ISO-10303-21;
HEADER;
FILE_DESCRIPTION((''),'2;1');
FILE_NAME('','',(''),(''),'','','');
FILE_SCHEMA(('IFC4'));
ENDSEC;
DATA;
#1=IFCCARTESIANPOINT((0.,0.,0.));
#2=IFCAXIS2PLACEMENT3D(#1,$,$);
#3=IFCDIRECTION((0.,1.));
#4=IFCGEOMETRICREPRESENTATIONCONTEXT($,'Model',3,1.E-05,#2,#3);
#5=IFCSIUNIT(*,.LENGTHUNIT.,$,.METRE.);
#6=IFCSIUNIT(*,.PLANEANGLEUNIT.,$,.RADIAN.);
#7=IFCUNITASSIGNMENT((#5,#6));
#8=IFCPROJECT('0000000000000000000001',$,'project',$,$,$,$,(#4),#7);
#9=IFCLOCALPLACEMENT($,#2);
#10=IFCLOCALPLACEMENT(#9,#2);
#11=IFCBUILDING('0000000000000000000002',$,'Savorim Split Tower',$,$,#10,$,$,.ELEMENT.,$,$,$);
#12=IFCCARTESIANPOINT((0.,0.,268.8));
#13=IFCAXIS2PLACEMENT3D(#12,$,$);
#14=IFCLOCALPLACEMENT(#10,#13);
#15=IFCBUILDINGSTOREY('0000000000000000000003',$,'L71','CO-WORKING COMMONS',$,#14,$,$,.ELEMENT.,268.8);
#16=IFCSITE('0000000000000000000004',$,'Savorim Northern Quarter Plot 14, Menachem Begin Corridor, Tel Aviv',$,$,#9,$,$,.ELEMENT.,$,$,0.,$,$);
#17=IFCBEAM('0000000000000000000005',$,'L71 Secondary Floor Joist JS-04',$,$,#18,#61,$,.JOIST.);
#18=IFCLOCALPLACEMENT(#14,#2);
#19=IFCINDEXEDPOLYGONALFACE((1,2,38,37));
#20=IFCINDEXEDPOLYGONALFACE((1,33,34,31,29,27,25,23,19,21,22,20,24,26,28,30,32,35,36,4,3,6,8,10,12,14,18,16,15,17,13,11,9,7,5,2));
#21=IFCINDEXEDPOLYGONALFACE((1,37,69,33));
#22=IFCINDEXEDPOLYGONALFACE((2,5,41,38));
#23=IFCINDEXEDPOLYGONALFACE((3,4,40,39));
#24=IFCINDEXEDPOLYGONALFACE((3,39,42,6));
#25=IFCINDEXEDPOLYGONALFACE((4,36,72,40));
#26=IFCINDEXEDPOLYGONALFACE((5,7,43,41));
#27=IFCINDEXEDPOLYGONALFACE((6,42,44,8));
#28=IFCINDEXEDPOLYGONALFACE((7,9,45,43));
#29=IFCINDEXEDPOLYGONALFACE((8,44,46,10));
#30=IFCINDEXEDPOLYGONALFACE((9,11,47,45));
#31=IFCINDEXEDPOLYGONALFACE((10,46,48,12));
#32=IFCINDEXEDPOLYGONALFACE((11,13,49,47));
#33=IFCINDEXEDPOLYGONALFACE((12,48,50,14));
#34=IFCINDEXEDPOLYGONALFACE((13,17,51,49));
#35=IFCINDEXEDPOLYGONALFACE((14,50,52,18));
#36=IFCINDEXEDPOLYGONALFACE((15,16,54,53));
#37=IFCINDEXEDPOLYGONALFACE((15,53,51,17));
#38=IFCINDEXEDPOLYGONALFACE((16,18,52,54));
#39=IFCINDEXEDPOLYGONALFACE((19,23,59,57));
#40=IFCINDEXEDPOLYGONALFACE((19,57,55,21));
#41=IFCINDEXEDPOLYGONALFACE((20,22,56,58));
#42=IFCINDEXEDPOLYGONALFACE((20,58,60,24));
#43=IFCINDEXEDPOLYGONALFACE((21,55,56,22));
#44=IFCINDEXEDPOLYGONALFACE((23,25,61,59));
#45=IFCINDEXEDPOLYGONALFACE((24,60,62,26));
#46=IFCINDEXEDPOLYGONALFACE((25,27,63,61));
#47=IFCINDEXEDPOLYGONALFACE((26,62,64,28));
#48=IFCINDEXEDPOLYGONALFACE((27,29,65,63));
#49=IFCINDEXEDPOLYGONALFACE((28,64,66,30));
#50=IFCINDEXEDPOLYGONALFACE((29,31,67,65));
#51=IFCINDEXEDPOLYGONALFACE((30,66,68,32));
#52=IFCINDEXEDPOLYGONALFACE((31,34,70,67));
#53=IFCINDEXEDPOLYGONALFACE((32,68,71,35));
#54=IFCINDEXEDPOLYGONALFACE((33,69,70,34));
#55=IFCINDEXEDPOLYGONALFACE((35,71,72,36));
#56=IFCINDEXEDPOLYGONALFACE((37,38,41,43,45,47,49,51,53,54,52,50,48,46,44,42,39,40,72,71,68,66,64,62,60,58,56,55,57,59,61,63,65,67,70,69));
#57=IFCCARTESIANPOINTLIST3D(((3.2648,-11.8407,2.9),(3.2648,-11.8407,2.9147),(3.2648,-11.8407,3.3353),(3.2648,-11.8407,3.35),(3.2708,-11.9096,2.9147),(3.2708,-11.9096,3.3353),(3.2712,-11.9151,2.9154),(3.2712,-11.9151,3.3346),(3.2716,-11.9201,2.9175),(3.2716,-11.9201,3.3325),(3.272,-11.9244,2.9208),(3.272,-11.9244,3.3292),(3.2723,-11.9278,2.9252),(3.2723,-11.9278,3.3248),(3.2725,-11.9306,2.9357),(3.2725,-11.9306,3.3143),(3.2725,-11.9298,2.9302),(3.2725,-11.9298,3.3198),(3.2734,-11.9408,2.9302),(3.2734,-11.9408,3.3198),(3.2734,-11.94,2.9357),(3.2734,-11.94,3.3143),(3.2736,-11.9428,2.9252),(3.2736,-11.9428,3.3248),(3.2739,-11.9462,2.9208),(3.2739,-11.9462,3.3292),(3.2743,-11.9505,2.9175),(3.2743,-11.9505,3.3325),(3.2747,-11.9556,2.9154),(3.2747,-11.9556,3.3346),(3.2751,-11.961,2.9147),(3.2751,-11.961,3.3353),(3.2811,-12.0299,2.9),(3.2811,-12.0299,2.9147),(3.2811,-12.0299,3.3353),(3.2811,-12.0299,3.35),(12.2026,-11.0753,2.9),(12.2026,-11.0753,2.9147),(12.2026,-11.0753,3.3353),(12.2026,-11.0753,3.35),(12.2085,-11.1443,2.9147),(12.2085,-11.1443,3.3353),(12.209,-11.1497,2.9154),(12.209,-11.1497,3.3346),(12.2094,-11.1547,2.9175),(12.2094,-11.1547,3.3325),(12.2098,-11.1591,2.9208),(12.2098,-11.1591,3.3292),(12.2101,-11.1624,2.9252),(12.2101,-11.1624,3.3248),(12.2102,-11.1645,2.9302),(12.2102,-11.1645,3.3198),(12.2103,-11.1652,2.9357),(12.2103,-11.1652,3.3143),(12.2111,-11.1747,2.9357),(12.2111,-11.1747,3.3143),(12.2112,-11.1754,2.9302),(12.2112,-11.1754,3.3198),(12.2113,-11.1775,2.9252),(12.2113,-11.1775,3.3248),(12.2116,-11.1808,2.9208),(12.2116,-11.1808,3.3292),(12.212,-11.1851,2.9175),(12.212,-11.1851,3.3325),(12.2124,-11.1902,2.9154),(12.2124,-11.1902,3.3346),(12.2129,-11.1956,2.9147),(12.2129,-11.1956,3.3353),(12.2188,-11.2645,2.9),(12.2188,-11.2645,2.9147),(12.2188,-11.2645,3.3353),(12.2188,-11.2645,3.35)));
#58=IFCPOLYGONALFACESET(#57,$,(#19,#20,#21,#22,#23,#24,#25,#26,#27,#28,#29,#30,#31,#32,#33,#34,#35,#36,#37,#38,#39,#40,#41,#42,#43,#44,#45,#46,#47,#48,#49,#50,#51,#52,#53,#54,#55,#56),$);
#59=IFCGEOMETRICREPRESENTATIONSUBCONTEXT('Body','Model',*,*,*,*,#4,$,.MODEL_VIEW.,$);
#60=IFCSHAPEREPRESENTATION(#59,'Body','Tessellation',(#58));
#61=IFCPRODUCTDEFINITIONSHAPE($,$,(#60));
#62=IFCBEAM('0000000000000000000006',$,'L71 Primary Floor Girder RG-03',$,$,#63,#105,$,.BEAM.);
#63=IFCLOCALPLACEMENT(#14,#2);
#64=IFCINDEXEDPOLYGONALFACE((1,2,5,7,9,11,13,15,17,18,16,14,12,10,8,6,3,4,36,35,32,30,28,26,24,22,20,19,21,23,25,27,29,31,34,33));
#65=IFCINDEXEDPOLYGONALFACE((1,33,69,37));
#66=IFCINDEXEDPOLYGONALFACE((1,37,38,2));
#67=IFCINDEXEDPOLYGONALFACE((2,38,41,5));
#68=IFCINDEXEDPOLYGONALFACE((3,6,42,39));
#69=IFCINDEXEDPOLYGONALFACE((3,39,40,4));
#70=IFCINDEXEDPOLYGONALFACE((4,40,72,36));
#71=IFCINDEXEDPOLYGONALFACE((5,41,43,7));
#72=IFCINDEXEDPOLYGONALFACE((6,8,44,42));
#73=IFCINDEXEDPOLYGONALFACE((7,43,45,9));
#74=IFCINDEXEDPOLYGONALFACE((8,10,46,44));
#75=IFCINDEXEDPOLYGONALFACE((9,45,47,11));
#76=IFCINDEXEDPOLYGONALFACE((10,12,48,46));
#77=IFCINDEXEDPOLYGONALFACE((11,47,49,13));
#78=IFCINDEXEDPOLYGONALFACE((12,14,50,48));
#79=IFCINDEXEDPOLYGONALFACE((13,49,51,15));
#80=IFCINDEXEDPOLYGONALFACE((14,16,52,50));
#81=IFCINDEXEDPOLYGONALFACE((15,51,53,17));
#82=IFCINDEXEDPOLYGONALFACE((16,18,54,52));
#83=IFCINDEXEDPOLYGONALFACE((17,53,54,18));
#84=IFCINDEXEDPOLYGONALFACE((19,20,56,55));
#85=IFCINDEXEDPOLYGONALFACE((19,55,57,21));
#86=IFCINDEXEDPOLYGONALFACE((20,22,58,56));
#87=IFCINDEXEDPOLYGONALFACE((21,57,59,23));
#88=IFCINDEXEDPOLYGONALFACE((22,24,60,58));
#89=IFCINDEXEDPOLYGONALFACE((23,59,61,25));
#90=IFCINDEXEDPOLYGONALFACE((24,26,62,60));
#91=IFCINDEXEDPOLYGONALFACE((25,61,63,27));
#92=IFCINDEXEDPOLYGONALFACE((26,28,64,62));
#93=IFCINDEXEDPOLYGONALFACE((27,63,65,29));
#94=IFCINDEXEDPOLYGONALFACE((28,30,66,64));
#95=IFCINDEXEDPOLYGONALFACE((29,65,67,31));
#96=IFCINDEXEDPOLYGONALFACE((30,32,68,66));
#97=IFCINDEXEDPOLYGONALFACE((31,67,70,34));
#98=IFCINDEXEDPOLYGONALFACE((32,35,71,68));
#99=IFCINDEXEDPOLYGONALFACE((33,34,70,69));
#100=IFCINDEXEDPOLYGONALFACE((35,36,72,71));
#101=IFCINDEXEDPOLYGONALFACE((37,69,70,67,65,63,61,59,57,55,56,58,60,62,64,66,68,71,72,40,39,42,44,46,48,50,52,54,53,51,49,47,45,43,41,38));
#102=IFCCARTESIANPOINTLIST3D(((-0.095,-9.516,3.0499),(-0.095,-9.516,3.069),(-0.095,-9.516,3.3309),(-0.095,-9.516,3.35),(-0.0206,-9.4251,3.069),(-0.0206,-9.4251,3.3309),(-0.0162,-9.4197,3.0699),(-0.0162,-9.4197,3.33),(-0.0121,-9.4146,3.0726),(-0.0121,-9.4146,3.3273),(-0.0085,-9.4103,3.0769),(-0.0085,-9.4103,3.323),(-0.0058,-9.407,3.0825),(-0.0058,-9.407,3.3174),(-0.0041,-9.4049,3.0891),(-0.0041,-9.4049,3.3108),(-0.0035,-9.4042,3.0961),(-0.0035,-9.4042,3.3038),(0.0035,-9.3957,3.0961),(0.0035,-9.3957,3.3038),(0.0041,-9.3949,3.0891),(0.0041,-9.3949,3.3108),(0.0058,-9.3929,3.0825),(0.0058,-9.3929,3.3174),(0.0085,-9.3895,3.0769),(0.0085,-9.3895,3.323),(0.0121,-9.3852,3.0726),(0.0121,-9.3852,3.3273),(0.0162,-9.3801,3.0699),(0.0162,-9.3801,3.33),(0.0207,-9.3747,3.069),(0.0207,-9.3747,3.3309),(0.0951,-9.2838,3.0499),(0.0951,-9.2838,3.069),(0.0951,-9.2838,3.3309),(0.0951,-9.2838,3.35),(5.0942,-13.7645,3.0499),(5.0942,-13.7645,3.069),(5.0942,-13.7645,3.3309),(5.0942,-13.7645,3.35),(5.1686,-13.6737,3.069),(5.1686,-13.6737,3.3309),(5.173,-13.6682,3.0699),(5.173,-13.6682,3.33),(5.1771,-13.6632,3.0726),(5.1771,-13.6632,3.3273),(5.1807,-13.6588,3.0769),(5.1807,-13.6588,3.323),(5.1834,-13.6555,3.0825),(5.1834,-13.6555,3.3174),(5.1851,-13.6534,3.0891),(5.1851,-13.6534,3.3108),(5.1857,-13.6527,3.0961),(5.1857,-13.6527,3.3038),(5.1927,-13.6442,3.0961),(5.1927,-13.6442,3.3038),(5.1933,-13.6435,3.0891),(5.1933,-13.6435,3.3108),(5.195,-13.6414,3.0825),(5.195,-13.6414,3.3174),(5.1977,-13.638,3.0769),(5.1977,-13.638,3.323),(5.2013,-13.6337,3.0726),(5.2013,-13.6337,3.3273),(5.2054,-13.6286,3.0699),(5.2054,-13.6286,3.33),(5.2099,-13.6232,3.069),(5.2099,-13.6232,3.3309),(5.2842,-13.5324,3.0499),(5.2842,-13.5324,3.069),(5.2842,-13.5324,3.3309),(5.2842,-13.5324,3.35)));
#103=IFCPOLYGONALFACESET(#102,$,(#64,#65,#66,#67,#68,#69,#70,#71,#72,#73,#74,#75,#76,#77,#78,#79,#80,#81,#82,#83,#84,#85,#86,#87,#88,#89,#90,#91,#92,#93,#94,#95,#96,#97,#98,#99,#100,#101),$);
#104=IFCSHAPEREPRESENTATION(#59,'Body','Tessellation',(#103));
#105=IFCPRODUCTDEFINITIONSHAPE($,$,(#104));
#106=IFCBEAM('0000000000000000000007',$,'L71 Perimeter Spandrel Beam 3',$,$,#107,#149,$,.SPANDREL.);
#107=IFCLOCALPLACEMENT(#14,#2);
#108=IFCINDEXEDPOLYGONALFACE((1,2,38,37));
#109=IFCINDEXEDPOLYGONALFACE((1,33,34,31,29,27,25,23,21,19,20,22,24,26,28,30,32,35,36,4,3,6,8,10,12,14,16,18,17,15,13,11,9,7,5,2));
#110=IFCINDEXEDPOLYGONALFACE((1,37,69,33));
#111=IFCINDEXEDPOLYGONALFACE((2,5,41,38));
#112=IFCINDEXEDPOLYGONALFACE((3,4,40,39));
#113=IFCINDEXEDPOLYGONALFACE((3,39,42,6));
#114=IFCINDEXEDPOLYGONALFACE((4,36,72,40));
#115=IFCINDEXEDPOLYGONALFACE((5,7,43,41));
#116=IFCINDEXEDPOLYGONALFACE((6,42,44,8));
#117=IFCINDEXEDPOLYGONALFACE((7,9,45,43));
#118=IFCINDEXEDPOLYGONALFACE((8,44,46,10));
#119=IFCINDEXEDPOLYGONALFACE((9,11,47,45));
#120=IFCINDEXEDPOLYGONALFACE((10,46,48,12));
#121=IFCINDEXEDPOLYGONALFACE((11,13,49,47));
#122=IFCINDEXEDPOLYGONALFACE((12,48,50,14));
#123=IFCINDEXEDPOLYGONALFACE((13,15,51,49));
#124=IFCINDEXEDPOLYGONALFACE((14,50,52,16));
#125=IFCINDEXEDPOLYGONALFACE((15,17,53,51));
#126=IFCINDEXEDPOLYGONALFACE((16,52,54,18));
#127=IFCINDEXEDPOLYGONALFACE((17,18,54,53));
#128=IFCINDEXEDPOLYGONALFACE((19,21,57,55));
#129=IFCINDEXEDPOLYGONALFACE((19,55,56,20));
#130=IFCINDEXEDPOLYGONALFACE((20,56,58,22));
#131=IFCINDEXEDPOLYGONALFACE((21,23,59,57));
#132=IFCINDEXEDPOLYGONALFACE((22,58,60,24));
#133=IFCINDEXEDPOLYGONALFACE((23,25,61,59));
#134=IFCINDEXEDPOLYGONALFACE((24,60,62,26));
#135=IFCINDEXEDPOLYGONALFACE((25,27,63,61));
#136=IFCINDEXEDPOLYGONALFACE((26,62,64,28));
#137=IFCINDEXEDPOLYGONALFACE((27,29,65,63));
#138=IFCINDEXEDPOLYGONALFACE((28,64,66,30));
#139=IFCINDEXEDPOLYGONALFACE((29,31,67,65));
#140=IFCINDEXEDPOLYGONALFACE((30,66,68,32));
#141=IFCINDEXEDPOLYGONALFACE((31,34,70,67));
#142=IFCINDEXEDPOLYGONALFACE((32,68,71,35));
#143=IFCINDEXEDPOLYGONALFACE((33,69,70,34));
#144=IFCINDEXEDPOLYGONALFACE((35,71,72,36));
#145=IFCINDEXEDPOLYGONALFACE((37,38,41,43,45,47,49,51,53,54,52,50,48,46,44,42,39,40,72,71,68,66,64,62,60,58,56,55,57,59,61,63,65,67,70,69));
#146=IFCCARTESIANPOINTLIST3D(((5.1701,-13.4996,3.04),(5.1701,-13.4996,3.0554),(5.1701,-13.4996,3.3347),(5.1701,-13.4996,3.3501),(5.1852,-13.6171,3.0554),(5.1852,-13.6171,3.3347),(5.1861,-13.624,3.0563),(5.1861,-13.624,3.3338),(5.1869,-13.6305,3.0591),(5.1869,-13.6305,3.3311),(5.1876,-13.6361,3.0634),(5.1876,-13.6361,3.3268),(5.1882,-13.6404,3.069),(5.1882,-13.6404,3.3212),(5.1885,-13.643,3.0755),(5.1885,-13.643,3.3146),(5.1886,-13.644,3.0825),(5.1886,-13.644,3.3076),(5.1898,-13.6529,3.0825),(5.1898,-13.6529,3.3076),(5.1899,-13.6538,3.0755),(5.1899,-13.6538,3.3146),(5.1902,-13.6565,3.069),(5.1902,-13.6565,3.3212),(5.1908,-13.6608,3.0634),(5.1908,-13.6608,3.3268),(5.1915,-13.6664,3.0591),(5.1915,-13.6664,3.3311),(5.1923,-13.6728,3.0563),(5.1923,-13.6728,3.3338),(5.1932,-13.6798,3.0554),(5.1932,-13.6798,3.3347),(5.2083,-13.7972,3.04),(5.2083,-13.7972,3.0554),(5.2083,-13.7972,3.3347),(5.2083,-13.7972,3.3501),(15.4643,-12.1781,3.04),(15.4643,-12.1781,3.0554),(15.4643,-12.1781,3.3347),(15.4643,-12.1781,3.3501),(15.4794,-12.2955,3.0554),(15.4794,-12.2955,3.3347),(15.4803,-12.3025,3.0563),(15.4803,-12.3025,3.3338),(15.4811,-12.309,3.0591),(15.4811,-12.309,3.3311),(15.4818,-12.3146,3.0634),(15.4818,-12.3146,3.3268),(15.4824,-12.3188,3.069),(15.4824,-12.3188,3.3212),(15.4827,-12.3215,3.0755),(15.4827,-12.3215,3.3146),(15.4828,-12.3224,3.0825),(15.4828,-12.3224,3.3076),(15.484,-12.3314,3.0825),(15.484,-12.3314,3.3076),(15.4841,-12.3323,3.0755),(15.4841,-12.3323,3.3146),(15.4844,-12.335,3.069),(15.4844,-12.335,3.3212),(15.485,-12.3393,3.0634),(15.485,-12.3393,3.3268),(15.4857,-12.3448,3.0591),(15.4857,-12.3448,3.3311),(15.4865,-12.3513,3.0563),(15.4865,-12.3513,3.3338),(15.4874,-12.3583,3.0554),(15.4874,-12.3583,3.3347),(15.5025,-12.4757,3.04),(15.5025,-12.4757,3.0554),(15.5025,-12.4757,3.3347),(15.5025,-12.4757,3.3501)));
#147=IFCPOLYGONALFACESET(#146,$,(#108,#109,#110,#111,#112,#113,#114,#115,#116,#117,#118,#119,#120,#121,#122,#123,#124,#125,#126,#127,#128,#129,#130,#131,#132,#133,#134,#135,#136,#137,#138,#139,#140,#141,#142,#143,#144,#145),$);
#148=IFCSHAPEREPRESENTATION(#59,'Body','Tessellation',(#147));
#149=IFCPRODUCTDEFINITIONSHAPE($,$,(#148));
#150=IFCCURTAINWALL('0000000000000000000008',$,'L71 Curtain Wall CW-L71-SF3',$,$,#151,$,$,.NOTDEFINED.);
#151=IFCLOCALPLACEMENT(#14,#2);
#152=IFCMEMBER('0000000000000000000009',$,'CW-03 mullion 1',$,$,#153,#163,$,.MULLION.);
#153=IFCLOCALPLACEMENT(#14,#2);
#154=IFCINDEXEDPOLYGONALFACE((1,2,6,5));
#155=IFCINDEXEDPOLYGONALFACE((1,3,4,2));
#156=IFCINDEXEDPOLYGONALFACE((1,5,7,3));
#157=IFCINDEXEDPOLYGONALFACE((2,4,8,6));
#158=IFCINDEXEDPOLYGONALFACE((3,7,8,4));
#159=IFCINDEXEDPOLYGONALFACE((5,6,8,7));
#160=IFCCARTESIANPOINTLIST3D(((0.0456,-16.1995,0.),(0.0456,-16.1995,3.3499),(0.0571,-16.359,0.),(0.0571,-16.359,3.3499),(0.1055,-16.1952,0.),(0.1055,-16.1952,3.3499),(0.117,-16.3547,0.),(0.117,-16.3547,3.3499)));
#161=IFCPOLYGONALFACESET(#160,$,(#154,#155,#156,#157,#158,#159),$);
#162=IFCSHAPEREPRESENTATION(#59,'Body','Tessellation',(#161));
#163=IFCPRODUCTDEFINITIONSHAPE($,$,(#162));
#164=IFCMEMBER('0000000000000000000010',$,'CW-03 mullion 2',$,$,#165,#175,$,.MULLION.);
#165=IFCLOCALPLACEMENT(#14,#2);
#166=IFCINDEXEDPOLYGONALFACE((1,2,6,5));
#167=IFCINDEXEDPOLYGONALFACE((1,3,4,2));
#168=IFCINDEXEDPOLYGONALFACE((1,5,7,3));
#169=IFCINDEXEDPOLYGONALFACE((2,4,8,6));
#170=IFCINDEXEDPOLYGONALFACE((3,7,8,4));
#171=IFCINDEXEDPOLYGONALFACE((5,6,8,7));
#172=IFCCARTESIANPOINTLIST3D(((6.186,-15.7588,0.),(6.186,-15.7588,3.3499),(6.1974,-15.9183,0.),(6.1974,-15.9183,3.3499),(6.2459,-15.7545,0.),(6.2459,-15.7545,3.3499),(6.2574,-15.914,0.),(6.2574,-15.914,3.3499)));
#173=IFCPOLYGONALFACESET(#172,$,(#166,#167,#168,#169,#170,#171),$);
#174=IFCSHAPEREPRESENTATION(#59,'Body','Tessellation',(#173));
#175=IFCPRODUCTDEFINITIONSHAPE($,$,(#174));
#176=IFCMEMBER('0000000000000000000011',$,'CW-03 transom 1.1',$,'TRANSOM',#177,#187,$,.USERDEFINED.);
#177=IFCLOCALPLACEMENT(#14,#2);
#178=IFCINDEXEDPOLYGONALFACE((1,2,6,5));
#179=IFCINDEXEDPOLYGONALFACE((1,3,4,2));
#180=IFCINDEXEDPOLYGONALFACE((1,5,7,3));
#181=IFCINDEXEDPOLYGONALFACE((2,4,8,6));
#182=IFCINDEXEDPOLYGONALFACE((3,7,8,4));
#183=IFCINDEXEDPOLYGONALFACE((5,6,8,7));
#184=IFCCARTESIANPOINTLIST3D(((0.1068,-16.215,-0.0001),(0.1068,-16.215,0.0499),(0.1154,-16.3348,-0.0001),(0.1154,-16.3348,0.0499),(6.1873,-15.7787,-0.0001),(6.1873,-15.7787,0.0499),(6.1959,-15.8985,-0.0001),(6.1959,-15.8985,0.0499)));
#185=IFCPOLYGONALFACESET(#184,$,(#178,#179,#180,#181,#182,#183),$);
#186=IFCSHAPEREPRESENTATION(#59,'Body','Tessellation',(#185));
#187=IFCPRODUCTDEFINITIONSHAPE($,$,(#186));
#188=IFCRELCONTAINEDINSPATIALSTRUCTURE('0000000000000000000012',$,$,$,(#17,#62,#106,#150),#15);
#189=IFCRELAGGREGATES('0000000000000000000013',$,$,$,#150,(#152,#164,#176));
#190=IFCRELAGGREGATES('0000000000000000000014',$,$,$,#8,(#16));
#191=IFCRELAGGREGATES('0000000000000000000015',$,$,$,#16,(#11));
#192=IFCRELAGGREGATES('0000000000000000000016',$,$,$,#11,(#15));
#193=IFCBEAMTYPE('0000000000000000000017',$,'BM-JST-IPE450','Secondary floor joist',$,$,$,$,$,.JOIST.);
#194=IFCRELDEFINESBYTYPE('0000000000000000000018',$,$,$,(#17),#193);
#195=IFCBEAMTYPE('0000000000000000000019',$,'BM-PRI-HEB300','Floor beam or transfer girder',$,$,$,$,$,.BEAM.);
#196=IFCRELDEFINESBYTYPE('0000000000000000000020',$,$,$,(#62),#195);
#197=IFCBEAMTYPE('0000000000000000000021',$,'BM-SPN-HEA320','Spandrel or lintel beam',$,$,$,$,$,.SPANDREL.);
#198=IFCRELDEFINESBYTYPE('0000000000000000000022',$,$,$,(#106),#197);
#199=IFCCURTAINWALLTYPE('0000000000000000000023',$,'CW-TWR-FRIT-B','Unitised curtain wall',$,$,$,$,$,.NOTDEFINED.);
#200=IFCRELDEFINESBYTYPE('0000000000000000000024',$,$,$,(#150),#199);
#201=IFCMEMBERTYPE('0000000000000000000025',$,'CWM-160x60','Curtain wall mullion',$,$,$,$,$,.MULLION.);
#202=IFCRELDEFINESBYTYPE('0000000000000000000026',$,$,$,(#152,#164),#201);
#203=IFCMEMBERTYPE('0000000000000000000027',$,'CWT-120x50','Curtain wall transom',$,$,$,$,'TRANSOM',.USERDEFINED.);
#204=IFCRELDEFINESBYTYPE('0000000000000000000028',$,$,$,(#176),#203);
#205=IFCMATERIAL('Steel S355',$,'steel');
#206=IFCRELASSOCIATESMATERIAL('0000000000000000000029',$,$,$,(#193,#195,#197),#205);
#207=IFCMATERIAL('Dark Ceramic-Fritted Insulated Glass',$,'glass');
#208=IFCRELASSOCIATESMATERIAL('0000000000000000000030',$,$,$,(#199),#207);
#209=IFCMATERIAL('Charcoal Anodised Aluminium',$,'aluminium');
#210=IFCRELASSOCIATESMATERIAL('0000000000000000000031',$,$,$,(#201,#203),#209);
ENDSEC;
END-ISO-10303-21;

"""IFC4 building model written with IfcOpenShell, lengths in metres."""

from ifc_helpers import new_model, si_unit, direction, frame, origin, origin_2d, place, context, subcontext, project, spatial, rectangle, i_section, extrude, material, material_profile, profile_set, type_object, element, aggregate, save


model = new_model("IFC4")

# Units and contexts
model_context = context("Model", 3, precision=1e-05, world=origin(), true_north=direction((0.0, 1.0)))
body_context = subcontext(model_context, "Body", "Model", "MODEL_VIEW")
ifc_project = project(units=[si_unit("LENGTHUNIT", "METRE"), si_unit("PLANEANGLEUNIT", "RADIAN")], contexts=[model_context])

# Site, building, storey
site_placement = place(None, origin())
site = spatial("IfcSite", under=ifc_project, at=site_placement, Name="Savorim Northern Quarter Plot 14, Menachem Begin Corridor, Tel Aviv", CompositionType="ELEMENT", RefElevation=0.0)
building_placement = place(site_placement, origin())
building = spatial("IfcBuilding", under=site, at=building_placement, Name="Savorim Split Tower", CompositionType="ELEMENT")
storey_placement = place(building_placement, frame((0.0, 0.0, 268.8)))
storey = spatial("IfcBuildingStorey", under=building, at=storey_placement, Name="L71", Description="CO-WORKING COMMONS", CompositionType="ELEMENT", Elevation=268.8)

# Shared definitions
ifc_material_1 = material(Name="Steel S355", Category="steel")

# Beams
ifc_material_profile_1 = material_profile(ifc_material_1, i_section(OverallWidth=0.1899, OverallDepth=0.45, WebThickness=0.0095, FlangeThickness=0.0146, FilletRadius=0.021, at=origin_2d()), Name="IPE 450")
ifc_profile_set_1 = profile_set([ifc_material_profile_1], Name="Steel S355")
beam_type_1 = type_object("IfcBeamType", Name="BM-JST-IPE450", Description="Secondary floor joist", PredefinedType="JOIST", material=ifc_profile_set_1)
beam_1_placement = place(storey_placement, frame((3.2729, -11.9353, 3.125), z_axis=(0.996353, 0.085322, 0.0), x_axis=(-0.085322, 0.996353, 0.0)))
element("IfcBeam", 1, at=beam_1_placement, inside=storey, type_object=beam_type_1, Name="L71 Secondary Floor Joist JS-04", PredefinedType="JOIST", context=body_context, shape_type="SweptSolid", body=[
    extrude(i_section(OverallWidth=0.1899, OverallDepth=0.45, WebThickness=0.0095, FlangeThickness=0.0146, FilletRadius=0.021, at=origin_2d()), origin(), (0.0, 0.0, 1.0), 8.9705),
])
ifc_material_profile_2 = material_profile(ifc_material_1, i_section(OverallWidth=0.3, OverallDepth=0.3, WebThickness=0.011, FlangeThickness=0.019, FilletRadius=0.0271, at=origin_2d()), Name="HEB 300")
ifc_profile_set_2 = profile_set([ifc_material_profile_2], Name="Steel S355")
beam_type_2 = type_object("IfcBeamType", Name="BM-PRI-HEB300", Description="Floor beam or transfer girder", PredefinedType="BEAM", material=ifc_profile_set_2)
beam_2_placement = place(storey_placement, frame((5.1892, -13.6484, 3.2), z_axis=(-0.773751, 0.63349, 0.0), x_axis=(-0.63349, -0.773751, 0.0)))
element("IfcBeam", 2, at=beam_2_placement, inside=storey, type_object=beam_type_2, Name="L71 Primary Floor Girder RG-03", PredefinedType="BEAM", context=body_context, shape_type="SweptSolid", body=[
    extrude(i_section(OverallWidth=0.3, OverallDepth=0.3, WebThickness=0.011, FlangeThickness=0.019, FilletRadius=0.0271, at=origin_2d()), origin(), (0.0, 0.0, 1.0), 6.7065),
])
ifc_material_profile_3 = material_profile(ifc_material_1, i_section(OverallWidth=0.3, OverallDepth=0.3101, WebThickness=0.009, FlangeThickness=0.0154, FilletRadius=0.0271, at=origin_2d()), Name="HEA 320")
ifc_profile_set_3 = profile_set([ifc_material_profile_3], Name="Steel S355")
beam_type_3 = type_object("IfcBeamType", Name="BM-SPN-HEA320", Description="Spandrel or lintel beam", PredefinedType="SPANDREL", material=ifc_profile_set_3)
beam_3_placement = place(storey_placement, frame((5.1892, -13.6484, 3.1951), z_axis=(0.99186, 0.127332, 0.0), x_axis=(-0.127332, 0.99186, 0.0)))
element("IfcBeam", 3, at=beam_3_placement, inside=storey, type_object=beam_type_3, Name="L71 Perimeter Spandrel Beam 3", PredefinedType="SPANDREL", context=body_context, shape_type="SweptSolid", body=[
    extrude(i_section(OverallWidth=0.3, OverallDepth=0.3101, WebThickness=0.009, FlangeThickness=0.0154, FilletRadius=0.0271, at=origin_2d()), origin(), (0.0, 0.0, 1.0), 10.3787),
])

# Curtain wall, members
ifc_material_2 = material(Name="Dark Ceramic-Fritted Insulated Glass", Category="glass")
curtain_wall_type = type_object("IfcCurtainWallType", Name="CW-TWR-FRIT-B", Description="Unitised curtain wall", PredefinedType="NOTDEFINED", material=ifc_material_2)
curtain_wall_placement = place(storey_placement, origin())
curtain_wall = element("IfcCurtainWall", 4, at=curtain_wall_placement, inside=storey, type_object=curtain_wall_type, Name="L71 Curtain Wall CW-L71-SF3", PredefinedType="NOTDEFINED")
ifc_material_3 = material(Name="Charcoal Anodised Aluminium", Category="aluminium")
ifc_material_profile_4 = material_profile(ifc_material_3, rectangle(XDim=0.1599, YDim=0.0601, at=origin_2d()), Name="ALU-M 160x60")
ifc_profile_set_4 = profile_set([ifc_material_profile_4], Name="Charcoal Anodised Aluminium")
member_type_1 = type_object("IfcMemberType", Name="CWM-160x60", Description="Curtain wall mullion", PredefinedType="MULLION", material=ifc_profile_set_4)
member_1_placement = place(storey_placement, frame((0.0813, -16.2771, 0.0), z_axis=(0.0, 0.0, 1.0), x_axis=(-0.071562, 0.997436, 0.0)))
member_1 = element("IfcMember", 5, at=member_1_placement, type_object=member_type_1, Name="CW-03 mullion 1", PredefinedType="MULLION", context=body_context, shape_type="SweptSolid", body=[
    extrude(rectangle(XDim=0.1599, YDim=0.0601, at=origin_2d()), origin(), (0.0, 0.0, 1.0), 3.3499),
])
member_2_placement = place(storey_placement, frame((6.2217, -15.8364, 0.0), z_axis=(0.0, 0.0, 1.0), x_axis=(-0.071562, 0.997436, 0.0)))
member_2 = element("IfcMember", 6, at=member_2_placement, type_object=member_type_1, Name="CW-03 mullion 2", PredefinedType="MULLION", context=body_context, shape_type="SweptSolid", body=[
    extrude(rectangle(XDim=0.1599, YDim=0.0601, at=origin_2d()), origin(), (0.0, 0.0, 1.0), 3.3499),
])
ifc_material_profile_5 = material_profile(ifc_material_3, rectangle(XDim=0.1201, YDim=0.05, at=origin_2d()), Name="ALU-T 120x50")
ifc_profile_set_5 = profile_set([ifc_material_profile_5], Name="Charcoal Anodised Aluminium")
member_type_2 = type_object("IfcMemberType", Name="CWT-120x50", Description="Curtain wall transom", ElementType="TRANSOM", PredefinedType="USERDEFINED", material=ifc_profile_set_5)
member_3_placement = place(storey_placement, frame((0.1111, -16.2749, 0.0249), z_axis=(0.997436, 0.071566, 0.0), x_axis=(-0.071566, 0.997436, 0.0)))
member_3 = element("IfcMember", 7, at=member_3_placement, type_object=member_type_2, Name="CW-03 transom 1.1", ObjectType="TRANSOM", PredefinedType="USERDEFINED", context=body_context, shape_type="SweptSolid", body=[
    extrude(rectangle(XDim=0.1201, YDim=0.05, at=origin_2d()), origin(), (0.0, 0.0, 1.0), 6.0962),
])
aggregate(curtain_wall, [member_1, member_2, member_3])

save(model, "model.ifc")
